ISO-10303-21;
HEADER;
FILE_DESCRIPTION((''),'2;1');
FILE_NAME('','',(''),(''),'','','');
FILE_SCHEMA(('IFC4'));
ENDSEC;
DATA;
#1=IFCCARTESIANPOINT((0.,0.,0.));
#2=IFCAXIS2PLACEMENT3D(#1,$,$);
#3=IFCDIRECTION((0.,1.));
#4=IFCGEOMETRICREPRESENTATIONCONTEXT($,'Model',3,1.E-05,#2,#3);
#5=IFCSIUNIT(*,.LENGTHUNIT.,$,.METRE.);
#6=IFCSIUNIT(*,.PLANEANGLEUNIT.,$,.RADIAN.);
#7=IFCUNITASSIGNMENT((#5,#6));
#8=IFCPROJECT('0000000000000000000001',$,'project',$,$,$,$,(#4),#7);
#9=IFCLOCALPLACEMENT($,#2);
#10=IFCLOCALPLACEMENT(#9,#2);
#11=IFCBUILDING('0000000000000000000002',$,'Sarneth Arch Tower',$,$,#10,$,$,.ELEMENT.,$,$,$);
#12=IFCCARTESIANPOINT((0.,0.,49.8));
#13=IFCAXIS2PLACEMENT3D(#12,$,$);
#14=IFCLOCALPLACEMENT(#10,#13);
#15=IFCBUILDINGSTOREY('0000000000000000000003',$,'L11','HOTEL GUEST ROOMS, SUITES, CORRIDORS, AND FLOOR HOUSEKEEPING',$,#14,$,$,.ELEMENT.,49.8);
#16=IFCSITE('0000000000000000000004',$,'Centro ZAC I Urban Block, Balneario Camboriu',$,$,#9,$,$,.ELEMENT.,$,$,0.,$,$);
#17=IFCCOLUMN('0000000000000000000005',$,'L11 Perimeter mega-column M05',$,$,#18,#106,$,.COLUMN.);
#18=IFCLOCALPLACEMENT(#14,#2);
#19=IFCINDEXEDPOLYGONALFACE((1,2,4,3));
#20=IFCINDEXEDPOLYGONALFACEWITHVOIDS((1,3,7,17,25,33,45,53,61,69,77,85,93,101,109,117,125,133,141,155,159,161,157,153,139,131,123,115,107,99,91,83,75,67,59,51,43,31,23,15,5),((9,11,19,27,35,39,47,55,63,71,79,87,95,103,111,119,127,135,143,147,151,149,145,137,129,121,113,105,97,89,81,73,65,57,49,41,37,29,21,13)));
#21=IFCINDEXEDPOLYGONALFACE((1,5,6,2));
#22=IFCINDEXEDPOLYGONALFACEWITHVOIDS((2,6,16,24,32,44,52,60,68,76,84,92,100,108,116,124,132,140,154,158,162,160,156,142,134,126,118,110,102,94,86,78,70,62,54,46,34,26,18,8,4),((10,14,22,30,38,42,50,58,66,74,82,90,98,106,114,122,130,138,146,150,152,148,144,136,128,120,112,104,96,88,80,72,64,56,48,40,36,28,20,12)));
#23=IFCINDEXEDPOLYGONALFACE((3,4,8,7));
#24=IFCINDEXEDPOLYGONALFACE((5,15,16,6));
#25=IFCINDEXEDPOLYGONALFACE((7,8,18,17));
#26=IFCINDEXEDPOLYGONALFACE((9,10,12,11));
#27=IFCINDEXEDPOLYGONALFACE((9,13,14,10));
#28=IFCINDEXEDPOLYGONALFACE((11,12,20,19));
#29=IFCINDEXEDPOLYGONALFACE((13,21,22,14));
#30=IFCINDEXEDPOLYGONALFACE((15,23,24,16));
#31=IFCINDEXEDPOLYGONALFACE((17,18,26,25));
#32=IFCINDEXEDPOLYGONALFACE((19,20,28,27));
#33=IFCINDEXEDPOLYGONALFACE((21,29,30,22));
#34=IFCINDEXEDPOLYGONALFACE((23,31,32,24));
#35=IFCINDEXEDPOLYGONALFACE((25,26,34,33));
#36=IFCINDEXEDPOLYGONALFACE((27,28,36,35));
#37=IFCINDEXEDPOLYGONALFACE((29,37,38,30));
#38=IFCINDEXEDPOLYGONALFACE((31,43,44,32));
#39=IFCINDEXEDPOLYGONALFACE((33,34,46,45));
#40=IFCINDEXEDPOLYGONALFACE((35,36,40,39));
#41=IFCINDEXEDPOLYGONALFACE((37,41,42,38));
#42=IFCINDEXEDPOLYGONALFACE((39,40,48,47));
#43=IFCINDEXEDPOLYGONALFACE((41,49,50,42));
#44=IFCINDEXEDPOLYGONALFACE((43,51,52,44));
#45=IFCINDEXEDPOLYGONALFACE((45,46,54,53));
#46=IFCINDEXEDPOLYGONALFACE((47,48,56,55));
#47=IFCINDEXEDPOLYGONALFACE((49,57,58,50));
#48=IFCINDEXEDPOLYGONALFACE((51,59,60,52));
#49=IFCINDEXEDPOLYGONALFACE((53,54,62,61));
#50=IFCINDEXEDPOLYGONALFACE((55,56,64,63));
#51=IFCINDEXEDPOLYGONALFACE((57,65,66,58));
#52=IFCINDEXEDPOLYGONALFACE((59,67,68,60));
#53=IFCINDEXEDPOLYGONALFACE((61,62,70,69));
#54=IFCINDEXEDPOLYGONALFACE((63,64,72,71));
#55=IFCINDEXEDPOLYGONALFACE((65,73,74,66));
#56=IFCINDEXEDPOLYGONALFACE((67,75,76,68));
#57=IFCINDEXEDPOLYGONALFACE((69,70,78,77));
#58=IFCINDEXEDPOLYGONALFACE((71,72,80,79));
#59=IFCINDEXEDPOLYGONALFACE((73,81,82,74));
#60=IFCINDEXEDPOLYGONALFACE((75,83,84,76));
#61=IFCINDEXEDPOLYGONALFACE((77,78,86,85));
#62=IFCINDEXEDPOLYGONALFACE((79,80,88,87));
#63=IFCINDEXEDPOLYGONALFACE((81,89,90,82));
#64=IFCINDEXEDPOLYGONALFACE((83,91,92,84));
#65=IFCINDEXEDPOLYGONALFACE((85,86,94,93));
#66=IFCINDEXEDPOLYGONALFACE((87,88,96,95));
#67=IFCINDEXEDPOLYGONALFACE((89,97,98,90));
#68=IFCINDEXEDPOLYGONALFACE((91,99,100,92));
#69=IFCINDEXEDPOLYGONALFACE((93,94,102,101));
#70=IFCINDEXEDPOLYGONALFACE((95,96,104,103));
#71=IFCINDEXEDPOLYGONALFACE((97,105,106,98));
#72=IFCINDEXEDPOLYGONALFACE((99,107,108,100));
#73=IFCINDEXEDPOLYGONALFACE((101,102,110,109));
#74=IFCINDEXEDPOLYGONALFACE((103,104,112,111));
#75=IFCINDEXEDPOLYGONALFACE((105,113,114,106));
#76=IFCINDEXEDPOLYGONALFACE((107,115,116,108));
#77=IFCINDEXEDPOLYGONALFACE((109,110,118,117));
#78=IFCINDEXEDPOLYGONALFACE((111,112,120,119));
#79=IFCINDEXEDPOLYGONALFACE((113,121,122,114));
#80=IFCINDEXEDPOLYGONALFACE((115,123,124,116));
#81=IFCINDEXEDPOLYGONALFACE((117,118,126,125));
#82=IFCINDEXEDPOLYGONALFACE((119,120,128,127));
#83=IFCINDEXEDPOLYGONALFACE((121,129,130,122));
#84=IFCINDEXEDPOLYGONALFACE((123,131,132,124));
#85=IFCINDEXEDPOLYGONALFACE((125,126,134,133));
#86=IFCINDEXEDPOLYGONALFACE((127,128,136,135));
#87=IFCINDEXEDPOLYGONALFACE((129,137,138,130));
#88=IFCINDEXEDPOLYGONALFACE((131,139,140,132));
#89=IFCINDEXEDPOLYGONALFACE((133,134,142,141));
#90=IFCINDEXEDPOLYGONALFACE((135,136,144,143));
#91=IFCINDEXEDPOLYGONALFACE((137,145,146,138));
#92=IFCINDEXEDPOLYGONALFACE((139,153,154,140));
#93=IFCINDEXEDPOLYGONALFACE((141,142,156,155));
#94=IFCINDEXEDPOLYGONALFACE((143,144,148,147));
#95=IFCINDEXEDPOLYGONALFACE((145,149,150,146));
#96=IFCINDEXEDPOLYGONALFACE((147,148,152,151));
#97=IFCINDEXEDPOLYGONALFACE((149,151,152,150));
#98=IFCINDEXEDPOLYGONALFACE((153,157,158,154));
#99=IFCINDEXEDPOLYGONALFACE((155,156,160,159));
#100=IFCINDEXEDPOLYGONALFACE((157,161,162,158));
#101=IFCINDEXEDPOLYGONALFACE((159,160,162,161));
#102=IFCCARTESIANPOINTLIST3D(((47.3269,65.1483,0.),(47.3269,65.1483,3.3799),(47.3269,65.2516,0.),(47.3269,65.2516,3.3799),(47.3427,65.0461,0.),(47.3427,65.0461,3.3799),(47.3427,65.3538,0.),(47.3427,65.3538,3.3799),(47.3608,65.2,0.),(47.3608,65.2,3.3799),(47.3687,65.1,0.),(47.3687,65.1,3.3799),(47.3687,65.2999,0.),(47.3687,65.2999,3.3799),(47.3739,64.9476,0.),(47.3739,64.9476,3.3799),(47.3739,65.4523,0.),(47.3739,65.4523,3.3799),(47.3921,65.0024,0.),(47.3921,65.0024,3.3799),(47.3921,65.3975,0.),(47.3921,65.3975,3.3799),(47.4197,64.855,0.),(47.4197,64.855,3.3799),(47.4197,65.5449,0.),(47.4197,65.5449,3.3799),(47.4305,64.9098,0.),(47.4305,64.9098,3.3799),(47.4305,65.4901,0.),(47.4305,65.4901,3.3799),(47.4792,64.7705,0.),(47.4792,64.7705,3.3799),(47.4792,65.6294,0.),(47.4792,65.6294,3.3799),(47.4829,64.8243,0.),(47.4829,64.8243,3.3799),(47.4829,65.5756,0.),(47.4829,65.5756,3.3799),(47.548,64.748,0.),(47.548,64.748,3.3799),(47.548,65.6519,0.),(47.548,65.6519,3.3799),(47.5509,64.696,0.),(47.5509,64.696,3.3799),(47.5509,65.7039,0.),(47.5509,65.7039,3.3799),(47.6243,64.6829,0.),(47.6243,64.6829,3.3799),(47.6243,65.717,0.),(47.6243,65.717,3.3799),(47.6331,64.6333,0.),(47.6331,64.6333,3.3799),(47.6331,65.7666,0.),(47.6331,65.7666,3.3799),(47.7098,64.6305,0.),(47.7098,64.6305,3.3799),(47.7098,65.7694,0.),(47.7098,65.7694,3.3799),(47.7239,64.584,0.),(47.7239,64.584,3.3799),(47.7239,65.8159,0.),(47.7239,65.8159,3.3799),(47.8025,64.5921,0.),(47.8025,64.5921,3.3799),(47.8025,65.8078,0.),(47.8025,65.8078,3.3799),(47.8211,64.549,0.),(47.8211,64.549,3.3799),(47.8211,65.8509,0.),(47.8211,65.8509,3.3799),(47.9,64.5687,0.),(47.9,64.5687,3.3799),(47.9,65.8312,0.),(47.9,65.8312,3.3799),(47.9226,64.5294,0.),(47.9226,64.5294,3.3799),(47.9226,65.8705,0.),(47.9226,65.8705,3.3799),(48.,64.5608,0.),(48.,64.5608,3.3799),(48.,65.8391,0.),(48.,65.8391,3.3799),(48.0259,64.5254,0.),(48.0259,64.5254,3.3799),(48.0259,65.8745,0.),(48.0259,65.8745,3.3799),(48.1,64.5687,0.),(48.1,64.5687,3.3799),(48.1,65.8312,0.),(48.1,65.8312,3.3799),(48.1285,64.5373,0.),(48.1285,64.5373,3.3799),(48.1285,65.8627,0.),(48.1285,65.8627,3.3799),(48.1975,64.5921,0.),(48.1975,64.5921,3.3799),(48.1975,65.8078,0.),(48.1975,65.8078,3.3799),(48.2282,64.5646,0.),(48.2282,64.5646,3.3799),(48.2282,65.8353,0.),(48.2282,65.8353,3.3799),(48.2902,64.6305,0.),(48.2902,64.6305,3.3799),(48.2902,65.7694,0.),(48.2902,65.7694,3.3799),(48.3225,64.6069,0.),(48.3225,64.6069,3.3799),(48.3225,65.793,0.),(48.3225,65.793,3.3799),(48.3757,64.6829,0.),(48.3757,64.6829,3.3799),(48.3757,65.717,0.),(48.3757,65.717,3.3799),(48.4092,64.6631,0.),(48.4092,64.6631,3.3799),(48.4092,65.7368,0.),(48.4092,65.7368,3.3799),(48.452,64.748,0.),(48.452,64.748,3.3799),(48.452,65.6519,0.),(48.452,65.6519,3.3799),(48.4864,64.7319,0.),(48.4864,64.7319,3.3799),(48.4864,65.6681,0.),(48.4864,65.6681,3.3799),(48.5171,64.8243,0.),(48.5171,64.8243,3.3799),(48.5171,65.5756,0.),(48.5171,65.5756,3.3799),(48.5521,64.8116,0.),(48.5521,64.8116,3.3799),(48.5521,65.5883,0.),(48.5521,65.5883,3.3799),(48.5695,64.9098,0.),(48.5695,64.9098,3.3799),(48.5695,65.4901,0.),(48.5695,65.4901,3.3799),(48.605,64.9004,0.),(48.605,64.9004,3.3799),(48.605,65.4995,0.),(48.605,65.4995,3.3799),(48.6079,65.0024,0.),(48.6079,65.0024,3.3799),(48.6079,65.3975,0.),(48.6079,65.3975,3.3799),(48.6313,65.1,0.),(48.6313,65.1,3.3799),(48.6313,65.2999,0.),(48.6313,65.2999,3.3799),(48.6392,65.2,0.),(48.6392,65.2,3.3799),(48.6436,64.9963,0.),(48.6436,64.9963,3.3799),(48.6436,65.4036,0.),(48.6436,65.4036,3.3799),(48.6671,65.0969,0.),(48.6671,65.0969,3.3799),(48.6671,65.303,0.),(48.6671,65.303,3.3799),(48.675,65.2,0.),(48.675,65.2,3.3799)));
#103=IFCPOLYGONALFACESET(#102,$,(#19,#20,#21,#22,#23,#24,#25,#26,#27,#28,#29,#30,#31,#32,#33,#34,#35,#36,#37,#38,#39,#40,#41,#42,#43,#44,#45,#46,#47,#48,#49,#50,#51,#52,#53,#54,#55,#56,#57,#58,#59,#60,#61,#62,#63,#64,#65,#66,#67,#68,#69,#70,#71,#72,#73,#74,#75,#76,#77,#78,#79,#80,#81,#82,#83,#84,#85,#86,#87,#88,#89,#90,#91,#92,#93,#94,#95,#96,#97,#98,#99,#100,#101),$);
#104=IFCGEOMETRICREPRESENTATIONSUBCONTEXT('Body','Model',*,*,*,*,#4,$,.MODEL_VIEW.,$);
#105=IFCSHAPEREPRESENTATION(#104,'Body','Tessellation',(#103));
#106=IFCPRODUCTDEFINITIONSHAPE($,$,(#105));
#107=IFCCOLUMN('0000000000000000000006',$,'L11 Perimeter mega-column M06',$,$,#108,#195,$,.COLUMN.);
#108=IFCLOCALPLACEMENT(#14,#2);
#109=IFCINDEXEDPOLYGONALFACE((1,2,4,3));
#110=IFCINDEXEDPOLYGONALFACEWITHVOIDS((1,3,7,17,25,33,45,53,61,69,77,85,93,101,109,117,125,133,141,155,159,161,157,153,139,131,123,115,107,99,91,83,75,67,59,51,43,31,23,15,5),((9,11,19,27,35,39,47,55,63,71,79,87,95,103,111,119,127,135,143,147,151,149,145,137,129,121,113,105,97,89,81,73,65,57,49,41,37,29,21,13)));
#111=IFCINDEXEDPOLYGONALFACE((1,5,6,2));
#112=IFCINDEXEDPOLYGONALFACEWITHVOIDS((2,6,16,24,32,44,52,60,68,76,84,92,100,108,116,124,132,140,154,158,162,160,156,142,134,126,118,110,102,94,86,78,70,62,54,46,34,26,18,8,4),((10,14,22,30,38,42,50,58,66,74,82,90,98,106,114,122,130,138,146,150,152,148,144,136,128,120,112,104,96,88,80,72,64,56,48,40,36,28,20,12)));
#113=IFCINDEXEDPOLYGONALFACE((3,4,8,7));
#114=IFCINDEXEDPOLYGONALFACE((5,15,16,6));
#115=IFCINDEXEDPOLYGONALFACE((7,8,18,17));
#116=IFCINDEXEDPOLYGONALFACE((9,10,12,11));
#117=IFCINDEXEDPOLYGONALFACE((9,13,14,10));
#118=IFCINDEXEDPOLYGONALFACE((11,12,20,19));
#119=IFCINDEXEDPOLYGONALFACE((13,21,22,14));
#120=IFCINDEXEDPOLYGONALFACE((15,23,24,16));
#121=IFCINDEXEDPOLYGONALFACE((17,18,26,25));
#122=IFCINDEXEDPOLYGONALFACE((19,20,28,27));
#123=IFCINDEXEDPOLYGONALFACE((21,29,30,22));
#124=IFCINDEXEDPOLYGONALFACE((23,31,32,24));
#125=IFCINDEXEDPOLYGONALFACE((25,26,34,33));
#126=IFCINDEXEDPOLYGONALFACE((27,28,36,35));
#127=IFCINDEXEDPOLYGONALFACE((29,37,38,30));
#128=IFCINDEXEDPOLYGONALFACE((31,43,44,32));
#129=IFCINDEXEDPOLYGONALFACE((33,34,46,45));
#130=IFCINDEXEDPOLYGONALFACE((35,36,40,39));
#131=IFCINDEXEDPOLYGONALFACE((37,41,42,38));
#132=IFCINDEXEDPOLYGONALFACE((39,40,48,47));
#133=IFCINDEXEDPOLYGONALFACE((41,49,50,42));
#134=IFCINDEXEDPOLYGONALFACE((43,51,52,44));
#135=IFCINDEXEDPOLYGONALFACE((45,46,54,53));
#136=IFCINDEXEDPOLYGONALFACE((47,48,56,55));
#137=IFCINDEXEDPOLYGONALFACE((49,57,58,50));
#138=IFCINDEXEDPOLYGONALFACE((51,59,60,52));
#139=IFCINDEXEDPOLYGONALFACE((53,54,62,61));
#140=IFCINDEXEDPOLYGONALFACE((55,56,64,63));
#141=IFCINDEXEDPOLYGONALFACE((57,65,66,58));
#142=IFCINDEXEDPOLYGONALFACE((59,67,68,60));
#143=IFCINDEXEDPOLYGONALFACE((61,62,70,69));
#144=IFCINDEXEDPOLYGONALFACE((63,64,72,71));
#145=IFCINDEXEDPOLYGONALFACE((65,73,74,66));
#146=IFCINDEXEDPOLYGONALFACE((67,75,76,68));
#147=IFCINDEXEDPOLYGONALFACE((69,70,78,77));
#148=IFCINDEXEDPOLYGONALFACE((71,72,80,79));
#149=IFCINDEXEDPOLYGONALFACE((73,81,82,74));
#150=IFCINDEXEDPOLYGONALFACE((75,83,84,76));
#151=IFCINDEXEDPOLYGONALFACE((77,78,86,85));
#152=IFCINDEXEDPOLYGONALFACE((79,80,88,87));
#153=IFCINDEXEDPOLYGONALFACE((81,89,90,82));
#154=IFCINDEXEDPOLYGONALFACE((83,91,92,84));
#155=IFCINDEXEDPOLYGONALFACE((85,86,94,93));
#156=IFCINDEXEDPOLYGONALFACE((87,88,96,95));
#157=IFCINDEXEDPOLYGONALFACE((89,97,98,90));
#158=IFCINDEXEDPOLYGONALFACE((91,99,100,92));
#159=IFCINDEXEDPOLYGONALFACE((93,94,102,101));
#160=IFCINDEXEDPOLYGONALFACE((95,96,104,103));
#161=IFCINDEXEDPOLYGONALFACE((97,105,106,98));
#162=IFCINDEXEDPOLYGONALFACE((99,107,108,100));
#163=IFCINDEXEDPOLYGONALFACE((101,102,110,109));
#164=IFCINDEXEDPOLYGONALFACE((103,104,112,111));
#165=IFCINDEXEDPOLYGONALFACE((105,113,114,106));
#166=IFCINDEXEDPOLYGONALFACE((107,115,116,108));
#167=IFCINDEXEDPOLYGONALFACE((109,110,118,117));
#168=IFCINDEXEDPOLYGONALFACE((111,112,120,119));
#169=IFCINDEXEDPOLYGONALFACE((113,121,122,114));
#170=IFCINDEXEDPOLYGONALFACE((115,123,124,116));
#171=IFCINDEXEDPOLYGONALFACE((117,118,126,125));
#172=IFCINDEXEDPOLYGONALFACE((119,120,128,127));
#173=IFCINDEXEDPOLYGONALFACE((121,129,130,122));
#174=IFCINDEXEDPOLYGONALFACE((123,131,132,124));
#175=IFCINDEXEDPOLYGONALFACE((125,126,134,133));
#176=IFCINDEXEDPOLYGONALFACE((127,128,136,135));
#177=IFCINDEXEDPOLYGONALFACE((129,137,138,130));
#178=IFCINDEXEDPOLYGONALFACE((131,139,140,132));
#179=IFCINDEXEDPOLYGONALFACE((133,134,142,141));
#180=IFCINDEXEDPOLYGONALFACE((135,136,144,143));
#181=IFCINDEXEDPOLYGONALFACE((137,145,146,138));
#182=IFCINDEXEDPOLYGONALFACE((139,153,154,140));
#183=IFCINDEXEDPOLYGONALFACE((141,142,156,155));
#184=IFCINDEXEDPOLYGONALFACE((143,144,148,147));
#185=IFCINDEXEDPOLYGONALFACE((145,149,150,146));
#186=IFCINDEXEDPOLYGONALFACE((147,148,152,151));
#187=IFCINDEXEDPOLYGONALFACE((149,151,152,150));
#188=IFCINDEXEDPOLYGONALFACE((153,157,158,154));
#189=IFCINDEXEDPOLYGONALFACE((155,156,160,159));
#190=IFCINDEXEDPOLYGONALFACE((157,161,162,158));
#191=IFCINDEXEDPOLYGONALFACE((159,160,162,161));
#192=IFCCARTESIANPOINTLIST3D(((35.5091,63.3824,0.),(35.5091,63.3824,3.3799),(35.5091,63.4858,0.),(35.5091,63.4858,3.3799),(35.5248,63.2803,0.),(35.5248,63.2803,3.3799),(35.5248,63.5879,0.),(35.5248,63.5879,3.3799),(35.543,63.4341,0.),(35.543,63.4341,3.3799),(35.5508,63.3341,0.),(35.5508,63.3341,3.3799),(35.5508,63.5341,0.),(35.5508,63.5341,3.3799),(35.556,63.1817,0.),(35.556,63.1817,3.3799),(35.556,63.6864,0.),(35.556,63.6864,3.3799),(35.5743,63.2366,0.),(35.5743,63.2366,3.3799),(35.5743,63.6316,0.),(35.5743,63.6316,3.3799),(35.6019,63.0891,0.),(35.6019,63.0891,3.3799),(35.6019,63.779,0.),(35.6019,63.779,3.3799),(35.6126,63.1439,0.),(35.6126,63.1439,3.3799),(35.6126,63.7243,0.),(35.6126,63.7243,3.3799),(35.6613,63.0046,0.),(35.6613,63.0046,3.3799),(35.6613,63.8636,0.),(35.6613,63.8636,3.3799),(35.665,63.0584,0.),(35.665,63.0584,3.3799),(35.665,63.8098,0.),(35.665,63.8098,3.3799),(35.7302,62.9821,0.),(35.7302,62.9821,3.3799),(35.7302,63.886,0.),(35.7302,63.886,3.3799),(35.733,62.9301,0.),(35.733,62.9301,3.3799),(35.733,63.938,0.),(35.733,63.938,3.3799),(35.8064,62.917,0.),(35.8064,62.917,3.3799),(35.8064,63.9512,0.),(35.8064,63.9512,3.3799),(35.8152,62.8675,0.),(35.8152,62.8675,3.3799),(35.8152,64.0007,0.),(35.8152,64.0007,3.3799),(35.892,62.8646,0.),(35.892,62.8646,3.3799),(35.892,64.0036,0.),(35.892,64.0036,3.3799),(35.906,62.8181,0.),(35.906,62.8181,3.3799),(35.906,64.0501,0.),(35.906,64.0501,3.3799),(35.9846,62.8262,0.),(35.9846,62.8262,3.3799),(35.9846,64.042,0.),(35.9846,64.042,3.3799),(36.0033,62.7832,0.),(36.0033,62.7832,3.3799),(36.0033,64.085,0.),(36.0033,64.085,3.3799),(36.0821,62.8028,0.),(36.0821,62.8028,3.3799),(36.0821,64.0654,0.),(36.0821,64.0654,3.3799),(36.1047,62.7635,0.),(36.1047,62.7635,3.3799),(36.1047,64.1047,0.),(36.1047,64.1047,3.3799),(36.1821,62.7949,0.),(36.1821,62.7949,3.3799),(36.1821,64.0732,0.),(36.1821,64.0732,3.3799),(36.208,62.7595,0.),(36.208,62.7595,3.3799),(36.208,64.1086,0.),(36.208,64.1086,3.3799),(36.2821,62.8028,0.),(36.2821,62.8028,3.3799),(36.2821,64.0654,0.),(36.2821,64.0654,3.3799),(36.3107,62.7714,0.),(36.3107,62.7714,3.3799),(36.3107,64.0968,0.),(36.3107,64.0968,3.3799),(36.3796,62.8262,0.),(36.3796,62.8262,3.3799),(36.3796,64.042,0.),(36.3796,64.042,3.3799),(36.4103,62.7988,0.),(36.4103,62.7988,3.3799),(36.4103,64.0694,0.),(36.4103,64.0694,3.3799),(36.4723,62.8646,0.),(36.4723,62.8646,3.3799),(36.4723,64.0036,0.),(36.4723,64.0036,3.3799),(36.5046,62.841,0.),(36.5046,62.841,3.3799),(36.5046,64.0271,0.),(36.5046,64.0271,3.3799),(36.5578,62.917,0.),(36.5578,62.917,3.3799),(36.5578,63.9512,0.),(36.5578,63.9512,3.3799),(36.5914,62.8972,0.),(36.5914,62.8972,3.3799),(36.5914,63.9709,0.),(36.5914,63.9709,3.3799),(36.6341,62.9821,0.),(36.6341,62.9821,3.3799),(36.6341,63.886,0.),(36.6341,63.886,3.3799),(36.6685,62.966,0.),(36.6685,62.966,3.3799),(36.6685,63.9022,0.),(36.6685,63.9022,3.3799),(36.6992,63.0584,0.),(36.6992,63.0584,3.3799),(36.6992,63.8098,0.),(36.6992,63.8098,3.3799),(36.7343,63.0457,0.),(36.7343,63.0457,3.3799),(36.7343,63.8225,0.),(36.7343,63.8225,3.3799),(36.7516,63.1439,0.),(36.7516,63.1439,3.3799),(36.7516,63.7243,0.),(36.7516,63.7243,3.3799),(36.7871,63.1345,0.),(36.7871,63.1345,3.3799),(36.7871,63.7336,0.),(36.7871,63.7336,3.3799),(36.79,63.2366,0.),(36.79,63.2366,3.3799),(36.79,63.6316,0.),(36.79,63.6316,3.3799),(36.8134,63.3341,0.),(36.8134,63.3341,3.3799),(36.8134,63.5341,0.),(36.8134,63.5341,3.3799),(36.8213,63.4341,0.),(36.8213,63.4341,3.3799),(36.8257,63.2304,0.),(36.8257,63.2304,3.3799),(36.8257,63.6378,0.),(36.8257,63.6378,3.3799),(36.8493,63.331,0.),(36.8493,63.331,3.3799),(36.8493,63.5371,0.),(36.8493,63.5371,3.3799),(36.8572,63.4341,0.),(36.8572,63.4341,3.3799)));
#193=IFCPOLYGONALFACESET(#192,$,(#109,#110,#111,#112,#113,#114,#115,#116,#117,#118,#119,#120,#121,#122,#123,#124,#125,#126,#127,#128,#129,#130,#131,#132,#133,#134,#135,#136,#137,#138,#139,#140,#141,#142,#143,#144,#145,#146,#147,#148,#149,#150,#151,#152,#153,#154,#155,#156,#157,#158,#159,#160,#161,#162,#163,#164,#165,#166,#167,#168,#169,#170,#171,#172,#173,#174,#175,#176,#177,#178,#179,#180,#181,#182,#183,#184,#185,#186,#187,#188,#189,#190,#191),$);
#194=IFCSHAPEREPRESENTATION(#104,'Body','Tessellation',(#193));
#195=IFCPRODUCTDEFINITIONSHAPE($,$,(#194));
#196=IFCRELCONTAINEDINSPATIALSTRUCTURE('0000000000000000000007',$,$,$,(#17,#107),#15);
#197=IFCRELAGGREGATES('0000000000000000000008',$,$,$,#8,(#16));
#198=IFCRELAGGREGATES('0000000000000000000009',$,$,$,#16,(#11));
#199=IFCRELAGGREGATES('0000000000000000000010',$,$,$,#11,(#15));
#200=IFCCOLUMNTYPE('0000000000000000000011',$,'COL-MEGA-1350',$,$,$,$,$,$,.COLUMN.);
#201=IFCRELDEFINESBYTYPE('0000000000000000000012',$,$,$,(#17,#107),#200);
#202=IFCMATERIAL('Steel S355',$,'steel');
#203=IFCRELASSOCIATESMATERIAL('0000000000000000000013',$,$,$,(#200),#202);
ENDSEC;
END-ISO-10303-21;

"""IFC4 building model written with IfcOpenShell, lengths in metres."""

from ifc_helpers import new_model, si_unit, direction, frame, origin, origin_2d, place, context, subcontext, project, spatial, hollow_circle, extrude, material, material_profile, profile_set, type_object, element, save


model = new_model("IFC4")

# Units and contexts
model_context = context("Model", 3, precision=1e-05, world=origin(), true_north=direction((0.0, 1.0)))
body_context = subcontext(model_context, "Body", "Model", "MODEL_VIEW")
ifc_project = project(units=[si_unit("LENGTHUNIT", "METRE"), si_unit("PLANEANGLEUNIT", "RADIAN")], contexts=[model_context])

# Site, building, storey
site_placement = place(None, origin())
site = spatial("IfcSite", under=ifc_project, at=site_placement, Name="Centro ZAC I Urban Block, Balneario Camboriu", CompositionType="ELEMENT", RefElevation=0.0)
building_placement = place(site_placement, origin())
building = spatial("IfcBuilding", under=site, at=building_placement, Name="Sarneth Arch Tower", CompositionType="ELEMENT")
storey_placement = place(building_placement, frame((0.0, 0.0, 49.8)))
storey = spatial("IfcBuildingStorey", under=building, at=storey_placement, Name="L11", Description="HOTEL GUEST ROOMS, SUITES, CORRIDORS, AND FLOOR HOUSEKEEPING", CompositionType="ELEMENT", Elevation=49.8)

# Columns
ifc_material_1 = material(Name="Steel S355", Category="steel")
ifc_material_profile_1 = material_profile(ifc_material_1, hollow_circle(Radius=0.675, WallThickness=0.0359, at=origin_2d()), Name="CHS1350x36")
ifc_profile_set_1 = profile_set([ifc_material_profile_1], Name="Steel S355")
column_type = type_object("IfcColumnType", Name="COL-MEGA-1350", PredefinedType="COLUMN", material=ifc_profile_set_1)
for number, where, z_axis, x_axis, name in (
    (1, (48.0, 65.2, 0.0), (0.0, 0.0, 1.0), (1.0, 0.0, 0.0), "L11 Perimeter mega-column M05"),
    (2, (36.1821, 63.4341, 0.0), (0.0, 0.0, 1.0), (1.0, 0.0, 0.0), "L11 Perimeter mega-column M06"),
):
    element("IfcColumn", number, at=place(storey_placement, frame(where, z_axis=z_axis, x_axis=x_axis)), inside=storey, type_object=column_type, Name=name, PredefinedType="COLUMN", context=body_context, shape_type="SweptSolid", body=[
        extrude(hollow_circle(Radius=0.675, WallThickness=0.0359, at=origin_2d()), origin(), (0.0, 0.0, 1.0), 3.3799),
    ])

save(model, "model.ifc")
